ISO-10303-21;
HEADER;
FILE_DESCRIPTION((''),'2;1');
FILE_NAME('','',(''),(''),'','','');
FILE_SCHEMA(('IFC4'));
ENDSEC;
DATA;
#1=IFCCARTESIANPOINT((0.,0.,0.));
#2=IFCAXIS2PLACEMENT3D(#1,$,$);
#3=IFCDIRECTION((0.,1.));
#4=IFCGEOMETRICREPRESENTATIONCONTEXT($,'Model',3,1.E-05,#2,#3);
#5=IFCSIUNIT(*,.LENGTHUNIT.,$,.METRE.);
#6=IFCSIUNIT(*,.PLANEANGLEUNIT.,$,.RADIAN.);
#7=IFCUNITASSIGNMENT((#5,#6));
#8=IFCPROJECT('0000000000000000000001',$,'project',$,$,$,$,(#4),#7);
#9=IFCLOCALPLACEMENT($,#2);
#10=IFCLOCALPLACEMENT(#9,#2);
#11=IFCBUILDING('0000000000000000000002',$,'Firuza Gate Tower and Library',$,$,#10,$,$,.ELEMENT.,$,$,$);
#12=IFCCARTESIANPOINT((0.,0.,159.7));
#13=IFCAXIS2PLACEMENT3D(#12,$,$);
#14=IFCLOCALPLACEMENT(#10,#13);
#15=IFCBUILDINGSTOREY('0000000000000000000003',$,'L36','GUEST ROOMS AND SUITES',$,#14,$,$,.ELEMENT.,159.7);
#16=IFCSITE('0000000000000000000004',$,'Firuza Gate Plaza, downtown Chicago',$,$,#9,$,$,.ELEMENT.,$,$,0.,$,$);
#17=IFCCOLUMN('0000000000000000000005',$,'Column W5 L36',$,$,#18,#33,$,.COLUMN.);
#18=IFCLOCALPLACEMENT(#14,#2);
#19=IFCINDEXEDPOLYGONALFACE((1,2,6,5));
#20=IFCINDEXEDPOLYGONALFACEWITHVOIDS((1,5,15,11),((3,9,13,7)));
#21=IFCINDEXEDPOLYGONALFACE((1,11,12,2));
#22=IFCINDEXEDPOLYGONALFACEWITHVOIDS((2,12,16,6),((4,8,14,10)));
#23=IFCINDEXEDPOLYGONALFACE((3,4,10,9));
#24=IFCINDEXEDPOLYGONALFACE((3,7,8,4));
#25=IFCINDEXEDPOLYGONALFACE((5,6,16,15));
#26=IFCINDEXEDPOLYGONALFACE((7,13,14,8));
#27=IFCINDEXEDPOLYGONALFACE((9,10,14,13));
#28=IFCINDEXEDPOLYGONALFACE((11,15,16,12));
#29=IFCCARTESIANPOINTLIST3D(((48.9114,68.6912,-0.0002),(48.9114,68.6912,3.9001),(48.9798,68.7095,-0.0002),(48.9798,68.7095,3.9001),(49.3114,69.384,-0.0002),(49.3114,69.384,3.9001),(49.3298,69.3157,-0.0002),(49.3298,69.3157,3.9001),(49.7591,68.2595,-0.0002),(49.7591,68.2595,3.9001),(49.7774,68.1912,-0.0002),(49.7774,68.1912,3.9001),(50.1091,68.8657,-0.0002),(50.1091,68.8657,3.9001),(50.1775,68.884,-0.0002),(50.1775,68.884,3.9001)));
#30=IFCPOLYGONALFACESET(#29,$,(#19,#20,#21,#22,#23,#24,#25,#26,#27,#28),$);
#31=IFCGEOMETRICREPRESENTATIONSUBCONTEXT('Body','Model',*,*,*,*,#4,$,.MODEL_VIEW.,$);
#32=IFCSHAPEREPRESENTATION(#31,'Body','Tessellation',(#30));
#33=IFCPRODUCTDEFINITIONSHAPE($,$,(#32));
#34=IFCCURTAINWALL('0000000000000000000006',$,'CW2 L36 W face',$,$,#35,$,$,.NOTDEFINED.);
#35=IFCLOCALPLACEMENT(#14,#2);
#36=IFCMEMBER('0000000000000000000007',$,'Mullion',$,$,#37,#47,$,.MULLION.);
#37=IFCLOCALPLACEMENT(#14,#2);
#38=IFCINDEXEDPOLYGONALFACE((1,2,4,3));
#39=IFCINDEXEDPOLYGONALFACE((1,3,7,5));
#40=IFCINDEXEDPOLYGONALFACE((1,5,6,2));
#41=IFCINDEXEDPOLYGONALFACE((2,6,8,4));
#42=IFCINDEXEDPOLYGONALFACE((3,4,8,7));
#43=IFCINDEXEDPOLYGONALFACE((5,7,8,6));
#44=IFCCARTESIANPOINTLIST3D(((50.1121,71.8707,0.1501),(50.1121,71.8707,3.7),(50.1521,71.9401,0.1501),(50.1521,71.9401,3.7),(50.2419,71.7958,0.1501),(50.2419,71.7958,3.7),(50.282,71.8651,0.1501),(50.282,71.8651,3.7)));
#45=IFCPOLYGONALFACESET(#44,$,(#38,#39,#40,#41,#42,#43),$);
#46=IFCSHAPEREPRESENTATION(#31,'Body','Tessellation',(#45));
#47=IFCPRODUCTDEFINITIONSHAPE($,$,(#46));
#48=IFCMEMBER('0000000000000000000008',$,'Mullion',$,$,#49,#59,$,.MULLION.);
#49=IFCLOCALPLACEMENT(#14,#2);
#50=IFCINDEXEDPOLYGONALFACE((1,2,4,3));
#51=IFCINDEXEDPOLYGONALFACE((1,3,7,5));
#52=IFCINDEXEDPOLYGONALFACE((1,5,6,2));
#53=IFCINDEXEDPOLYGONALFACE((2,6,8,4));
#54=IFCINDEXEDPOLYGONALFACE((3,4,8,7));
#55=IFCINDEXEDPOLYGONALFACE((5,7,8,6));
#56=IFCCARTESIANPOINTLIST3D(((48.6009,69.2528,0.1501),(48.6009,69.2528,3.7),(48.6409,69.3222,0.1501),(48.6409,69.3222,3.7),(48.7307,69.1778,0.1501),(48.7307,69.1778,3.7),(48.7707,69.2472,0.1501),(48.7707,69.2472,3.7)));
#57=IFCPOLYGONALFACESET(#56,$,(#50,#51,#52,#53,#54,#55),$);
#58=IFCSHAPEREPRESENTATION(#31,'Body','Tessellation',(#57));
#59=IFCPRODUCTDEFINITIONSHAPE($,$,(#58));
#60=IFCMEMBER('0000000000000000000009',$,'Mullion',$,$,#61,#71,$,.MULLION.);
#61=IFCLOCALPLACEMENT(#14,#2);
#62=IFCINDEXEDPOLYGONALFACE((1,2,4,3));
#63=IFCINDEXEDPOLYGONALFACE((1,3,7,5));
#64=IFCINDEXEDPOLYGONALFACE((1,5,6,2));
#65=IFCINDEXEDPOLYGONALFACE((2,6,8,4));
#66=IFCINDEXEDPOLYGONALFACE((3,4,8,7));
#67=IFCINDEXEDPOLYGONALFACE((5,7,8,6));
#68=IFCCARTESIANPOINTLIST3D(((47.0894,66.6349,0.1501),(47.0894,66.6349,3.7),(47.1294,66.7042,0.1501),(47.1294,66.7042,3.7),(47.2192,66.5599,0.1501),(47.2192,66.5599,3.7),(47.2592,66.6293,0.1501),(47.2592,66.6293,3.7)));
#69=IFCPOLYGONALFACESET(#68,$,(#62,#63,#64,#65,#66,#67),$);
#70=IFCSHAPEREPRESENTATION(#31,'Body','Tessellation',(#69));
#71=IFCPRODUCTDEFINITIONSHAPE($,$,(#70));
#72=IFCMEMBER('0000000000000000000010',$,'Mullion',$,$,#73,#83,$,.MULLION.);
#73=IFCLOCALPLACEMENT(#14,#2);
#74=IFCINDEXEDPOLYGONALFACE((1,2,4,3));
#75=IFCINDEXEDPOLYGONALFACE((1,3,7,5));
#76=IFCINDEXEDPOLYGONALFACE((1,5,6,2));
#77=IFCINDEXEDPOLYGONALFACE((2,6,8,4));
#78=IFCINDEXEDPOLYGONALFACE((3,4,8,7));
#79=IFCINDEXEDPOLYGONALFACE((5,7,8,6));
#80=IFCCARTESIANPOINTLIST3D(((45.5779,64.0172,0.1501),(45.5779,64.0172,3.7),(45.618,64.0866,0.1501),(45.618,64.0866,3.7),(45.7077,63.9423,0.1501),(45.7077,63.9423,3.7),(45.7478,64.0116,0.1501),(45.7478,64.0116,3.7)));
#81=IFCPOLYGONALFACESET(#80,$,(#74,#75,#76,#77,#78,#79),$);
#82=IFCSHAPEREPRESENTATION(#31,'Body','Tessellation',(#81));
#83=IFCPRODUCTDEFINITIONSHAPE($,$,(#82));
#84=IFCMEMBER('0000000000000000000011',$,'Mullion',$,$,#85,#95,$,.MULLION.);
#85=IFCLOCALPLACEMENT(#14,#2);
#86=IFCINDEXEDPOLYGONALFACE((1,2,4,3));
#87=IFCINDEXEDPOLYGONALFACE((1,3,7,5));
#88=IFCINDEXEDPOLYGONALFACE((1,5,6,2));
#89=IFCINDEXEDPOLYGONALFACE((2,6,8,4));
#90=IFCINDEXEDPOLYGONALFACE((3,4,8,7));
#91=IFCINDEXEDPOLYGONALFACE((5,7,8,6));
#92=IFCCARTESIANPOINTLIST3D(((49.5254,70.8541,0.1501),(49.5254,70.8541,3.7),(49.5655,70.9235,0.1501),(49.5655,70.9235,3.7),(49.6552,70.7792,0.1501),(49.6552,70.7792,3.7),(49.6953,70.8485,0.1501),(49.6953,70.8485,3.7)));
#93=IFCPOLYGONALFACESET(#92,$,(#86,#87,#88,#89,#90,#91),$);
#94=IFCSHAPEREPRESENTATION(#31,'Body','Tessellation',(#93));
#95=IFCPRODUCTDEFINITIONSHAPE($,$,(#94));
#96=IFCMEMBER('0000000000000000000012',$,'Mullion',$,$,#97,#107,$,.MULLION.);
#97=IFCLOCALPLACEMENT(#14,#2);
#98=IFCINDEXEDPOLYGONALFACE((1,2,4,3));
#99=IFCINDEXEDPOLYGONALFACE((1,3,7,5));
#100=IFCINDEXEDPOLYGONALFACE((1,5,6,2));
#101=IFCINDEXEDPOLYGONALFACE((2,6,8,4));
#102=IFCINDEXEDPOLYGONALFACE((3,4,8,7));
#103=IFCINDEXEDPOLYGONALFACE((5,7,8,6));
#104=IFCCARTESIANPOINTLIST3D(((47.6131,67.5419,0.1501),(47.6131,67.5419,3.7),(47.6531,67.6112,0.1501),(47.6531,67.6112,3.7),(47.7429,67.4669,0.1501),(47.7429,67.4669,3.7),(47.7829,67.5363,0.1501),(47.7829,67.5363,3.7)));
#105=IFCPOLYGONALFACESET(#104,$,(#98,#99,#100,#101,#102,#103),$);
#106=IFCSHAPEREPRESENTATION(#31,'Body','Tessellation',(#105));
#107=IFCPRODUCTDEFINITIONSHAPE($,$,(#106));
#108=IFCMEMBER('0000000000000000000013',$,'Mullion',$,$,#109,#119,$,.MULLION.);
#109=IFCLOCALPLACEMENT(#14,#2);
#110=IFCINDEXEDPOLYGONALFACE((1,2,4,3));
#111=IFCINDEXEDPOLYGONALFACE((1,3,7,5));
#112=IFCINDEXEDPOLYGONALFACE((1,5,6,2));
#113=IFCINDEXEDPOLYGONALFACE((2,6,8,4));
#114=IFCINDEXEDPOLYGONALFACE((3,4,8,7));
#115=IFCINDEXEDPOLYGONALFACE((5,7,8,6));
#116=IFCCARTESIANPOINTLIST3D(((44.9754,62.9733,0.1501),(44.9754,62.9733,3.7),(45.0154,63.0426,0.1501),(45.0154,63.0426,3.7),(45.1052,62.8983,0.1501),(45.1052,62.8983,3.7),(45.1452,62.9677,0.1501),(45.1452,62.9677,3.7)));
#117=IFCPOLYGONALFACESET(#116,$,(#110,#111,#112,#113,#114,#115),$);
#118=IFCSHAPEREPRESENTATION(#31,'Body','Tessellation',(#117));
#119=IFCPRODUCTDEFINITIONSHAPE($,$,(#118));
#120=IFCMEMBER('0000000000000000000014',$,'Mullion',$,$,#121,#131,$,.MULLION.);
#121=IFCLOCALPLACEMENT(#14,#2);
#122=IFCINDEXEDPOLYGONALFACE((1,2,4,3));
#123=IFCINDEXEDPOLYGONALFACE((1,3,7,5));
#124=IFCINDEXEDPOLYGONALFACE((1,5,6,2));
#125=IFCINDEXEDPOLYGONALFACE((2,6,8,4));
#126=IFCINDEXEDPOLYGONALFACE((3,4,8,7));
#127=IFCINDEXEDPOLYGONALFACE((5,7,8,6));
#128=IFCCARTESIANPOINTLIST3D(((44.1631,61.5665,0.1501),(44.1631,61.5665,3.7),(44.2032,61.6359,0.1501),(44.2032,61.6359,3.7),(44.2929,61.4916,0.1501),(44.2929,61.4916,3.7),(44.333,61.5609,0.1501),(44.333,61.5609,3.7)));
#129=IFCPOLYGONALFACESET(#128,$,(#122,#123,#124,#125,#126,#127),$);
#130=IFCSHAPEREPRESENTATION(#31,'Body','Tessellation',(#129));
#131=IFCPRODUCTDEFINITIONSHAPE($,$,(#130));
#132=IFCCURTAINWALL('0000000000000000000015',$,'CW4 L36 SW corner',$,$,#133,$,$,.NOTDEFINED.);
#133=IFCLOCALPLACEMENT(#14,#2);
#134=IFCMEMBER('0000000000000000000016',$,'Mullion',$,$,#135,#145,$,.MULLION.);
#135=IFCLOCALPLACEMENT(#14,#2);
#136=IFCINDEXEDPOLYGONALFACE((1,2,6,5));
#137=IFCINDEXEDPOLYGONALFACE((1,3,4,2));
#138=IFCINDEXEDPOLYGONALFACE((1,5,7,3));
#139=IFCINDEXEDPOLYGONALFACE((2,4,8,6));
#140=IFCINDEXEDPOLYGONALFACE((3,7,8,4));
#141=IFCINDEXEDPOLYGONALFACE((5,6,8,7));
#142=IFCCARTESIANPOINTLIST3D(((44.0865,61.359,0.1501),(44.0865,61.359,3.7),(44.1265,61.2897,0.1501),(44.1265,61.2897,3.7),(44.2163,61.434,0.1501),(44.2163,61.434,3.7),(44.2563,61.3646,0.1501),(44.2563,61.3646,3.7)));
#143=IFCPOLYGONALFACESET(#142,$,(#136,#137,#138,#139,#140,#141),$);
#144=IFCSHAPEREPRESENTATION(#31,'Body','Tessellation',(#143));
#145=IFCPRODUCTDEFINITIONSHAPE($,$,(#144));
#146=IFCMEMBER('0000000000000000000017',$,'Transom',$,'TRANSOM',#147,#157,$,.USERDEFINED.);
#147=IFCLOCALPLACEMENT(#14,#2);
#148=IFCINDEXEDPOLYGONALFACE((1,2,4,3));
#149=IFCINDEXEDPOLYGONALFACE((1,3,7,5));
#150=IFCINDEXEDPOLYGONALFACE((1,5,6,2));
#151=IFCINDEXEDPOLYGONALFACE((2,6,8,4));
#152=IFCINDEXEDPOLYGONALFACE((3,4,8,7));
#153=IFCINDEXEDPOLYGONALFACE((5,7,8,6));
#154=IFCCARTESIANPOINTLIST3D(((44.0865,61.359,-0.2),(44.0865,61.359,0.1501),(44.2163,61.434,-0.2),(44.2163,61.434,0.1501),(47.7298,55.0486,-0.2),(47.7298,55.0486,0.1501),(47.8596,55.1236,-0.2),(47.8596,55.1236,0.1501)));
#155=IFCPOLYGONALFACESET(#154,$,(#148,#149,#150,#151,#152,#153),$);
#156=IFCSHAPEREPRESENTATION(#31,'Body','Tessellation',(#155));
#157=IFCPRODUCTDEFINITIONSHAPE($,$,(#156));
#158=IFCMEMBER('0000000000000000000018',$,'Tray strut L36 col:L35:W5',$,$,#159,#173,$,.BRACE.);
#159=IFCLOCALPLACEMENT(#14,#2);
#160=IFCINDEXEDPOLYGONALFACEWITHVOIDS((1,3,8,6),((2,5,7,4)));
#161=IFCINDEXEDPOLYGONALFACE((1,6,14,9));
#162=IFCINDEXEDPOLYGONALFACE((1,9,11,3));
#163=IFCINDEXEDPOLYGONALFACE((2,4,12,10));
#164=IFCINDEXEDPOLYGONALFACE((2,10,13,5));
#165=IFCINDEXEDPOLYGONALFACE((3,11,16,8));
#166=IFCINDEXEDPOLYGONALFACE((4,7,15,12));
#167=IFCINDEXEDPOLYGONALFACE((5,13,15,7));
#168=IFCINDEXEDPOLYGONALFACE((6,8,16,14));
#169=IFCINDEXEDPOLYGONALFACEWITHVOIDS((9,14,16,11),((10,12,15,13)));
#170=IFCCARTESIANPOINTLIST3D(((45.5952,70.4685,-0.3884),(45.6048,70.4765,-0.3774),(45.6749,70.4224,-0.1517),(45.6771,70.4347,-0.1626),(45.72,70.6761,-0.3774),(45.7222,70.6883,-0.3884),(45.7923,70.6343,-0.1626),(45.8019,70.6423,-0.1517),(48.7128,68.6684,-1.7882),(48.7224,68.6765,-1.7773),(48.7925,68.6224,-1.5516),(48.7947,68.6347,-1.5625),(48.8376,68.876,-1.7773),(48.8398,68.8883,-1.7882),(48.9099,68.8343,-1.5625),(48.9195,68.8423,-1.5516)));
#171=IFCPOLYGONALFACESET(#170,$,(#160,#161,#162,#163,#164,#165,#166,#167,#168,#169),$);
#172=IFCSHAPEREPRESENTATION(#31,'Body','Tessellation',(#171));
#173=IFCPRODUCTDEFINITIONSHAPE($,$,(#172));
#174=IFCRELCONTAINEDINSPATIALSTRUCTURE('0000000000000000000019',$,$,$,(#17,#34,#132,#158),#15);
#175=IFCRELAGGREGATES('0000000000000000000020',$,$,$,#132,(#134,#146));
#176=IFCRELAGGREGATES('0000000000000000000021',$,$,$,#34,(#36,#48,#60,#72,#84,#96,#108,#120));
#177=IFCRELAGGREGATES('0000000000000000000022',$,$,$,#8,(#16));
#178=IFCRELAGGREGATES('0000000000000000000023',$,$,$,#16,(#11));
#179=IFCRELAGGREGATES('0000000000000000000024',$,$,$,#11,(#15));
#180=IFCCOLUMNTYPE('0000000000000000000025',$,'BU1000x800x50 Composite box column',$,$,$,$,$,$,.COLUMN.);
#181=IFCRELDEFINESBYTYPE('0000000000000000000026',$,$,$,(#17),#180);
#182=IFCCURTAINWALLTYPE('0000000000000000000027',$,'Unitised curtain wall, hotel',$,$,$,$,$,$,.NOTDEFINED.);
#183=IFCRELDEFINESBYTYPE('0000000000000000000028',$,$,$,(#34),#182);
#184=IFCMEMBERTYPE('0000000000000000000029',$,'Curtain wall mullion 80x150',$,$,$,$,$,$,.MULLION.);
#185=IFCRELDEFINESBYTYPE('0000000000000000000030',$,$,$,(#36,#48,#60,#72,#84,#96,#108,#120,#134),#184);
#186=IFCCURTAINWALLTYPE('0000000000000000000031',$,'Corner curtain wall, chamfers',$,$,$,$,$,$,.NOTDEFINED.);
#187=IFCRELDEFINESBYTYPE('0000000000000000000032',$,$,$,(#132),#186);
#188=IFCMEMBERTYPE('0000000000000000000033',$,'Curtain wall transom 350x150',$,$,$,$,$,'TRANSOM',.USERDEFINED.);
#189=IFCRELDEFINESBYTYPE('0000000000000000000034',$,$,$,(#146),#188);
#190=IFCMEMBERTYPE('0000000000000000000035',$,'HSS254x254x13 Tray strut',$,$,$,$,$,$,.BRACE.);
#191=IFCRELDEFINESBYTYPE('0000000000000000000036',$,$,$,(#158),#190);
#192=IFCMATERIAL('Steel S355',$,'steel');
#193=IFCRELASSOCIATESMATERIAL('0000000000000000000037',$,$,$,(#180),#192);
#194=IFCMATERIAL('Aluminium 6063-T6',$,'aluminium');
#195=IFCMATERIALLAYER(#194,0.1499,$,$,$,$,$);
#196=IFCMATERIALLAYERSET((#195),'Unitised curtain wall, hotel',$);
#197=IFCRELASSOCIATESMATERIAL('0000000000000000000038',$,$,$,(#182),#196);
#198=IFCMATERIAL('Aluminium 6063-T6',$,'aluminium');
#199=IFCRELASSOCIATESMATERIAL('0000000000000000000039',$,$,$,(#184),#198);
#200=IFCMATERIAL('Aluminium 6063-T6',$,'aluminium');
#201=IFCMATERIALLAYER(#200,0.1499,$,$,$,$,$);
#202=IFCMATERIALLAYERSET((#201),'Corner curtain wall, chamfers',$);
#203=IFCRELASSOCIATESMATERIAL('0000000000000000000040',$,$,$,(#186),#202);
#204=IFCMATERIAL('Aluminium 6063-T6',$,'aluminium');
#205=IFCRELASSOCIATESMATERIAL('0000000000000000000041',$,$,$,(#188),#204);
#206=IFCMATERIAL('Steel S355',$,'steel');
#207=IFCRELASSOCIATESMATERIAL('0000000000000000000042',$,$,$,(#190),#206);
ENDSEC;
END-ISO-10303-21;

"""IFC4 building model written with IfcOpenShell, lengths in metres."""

from ifc_helpers import new_model, si_unit, direction, frame, origin, origin_2d, place, context, subcontext, project, spatial, rectangle, hollow_rectangle, extrude, material, layer, layer_set, material_profile, profile_set, type_object, element, aggregate, save


model = new_model("IFC4")

# Units and contexts
model_context = context("Model", 3, precision=1e-05, world=origin(), true_north=direction((0.0, 1.0)))
body_context = subcontext(model_context, "Body", "Model", "MODEL_VIEW")
ifc_project = project(units=[si_unit("LENGTHUNIT", "METRE"), si_unit("PLANEANGLEUNIT", "RADIAN")], contexts=[model_context])

# Site, building, storey
site_placement = place(None, origin())
site = spatial("IfcSite", under=ifc_project, at=site_placement, Name="Firuza Gate Plaza, downtown Chicago", CompositionType="ELEMENT", RefElevation=0.0)
building_placement = place(site_placement, origin())
building = spatial("IfcBuilding", under=site, at=building_placement, Name="Firuza Gate Tower and Library", CompositionType="ELEMENT")
storey_placement = place(building_placement, frame((0.0, 0.0, 159.7)))
storey = spatial("IfcBuildingStorey", under=building, at=storey_placement, Name="L36", Description="GUEST ROOMS AND SUITES", CompositionType="ELEMENT", Elevation=159.7)

# Column
ifc_material_1 = material(Name="Steel S355", Category="steel")
ifc_material_profile_1 = material_profile(ifc_material_1, hollow_rectangle(XDim=0.8, YDim=1.0, WallThickness=0.05, at=origin_2d()))
ifc_profile_set_1 = profile_set([ifc_material_profile_1], Name="Steel S355")
column_type = type_object("IfcColumnType", Name="BU1000x800x50 Composite box column", PredefinedType="COLUMN", material=ifc_profile_set_1)
column_placement = place(storey_placement, frame((49.5444, 68.7876, -0.0002), z_axis=(0.0, 0.0, 1.0), x_axis=(-0.5, -0.866025, 0.0)))
element("IfcColumn", 1, at=column_placement, inside=storey, type_object=column_type, Name="Column W5 L36", PredefinedType="COLUMN", context=body_context, shape_type="SweptSolid", body=[
    extrude(hollow_rectangle(XDim=0.8, YDim=1.0, WallThickness=0.05, at=origin_2d()), origin(), (0.0, 0.0, 1.0), 3.9004),
])

# Curtain walls, members
ifc_material_2 = material(Name="Aluminium 6063-T6", Category="aluminium")
ifc_layer_1 = layer(ifc_material_2, 0.1499)
ifc_layer_set_1 = layer_set([ifc_layer_1], Name="Unitised curtain wall, hotel")
curtain_wall_type_1 = type_object("IfcCurtainWallType", Name="Unitised curtain wall, hotel", PredefinedType="NOTDEFINED", material=ifc_layer_set_1)
placement = place(storey_placement, origin())
curtain_wall_1 = element("IfcCurtainWall", 2, at=placement, inside=storey, type_object=curtain_wall_type_1, Name="CW2 L36 W face", PredefinedType="NOTDEFINED")
ifc_material_3 = material(Name="Aluminium 6063-T6", Category="aluminium")
ifc_material_profile_2 = material_profile(ifc_material_3, rectangle(XDim=0.1499, YDim=0.0801, at=origin_2d()))
ifc_profile_set_2 = profile_set([ifc_material_profile_2], Name="Aluminium 6063-T6")
member_type_1 = type_object("IfcMemberType", Name="Curtain wall mullion 80x150", PredefinedType="MULLION", material=ifc_profile_set_2)
member_1_placement = place(storey_placement, frame((50.197, 71.8679, 0.1501), z_axis=(0.0, 0.0, 1.0), x_axis=(0.866025, -0.5, 0.0)))
member_1 = element("IfcMember", 3, at=member_1_placement, type_object=member_type_1, Name="Mullion", PredefinedType="MULLION", context=body_context, shape_type="SweptSolid", body=[
    extrude(rectangle(XDim=0.1499, YDim=0.0801, at=origin_2d()), origin(), (0.0, 0.0, 1.0), 3.5498),
])
member_2_placement = place(storey_placement, frame((48.6858, 69.25, 0.1501), z_axis=(0.0, 0.0, 1.0), x_axis=(0.866025, -0.5, 0.0)))
member_2 = element("IfcMember", 4, at=member_2_placement, type_object=member_type_1, Name="Mullion", PredefinedType="MULLION", context=body_context, shape_type="SweptSolid", body=[
    extrude(rectangle(XDim=0.1499, YDim=0.0801, at=origin_2d()), origin(), (0.0, 0.0, 1.0), 3.5498),
])
member_3_placement = place(storey_placement, frame((47.1743, 66.6321, 0.1501), z_axis=(0.0, 0.0, 1.0), x_axis=(0.866025, -0.5, 0.0)))
member_3 = element("IfcMember", 5, at=member_3_placement, type_object=member_type_1, Name="Mullion", PredefinedType="MULLION", context=body_context, shape_type="SweptSolid", body=[
    extrude(rectangle(XDim=0.1499, YDim=0.0801, at=origin_2d()), origin(), (0.0, 0.0, 1.0), 3.5498),
])
member_4_placement = place(storey_placement, frame((45.6628, 64.0144, 0.1501), z_axis=(0.0, 0.0, 1.0), x_axis=(0.866025, -0.5, 0.0)))
member_4 = element("IfcMember", 6, at=member_4_placement, type_object=member_type_1, Name="Mullion", PredefinedType="MULLION", context=body_context, shape_type="SweptSolid", body=[
    extrude(rectangle(XDim=0.1499, YDim=0.0801, at=origin_2d()), origin(), (0.0, 0.0, 1.0), 3.5498),
])
member_5_placement = place(storey_placement, frame((49.6104, 70.8513, 0.1501), z_axis=(0.0, 0.0, 1.0), x_axis=(0.866025, -0.5, 0.0)))
member_5 = element("IfcMember", 7, at=member_5_placement, type_object=member_type_1, Name="Mullion", PredefinedType="MULLION", context=body_context, shape_type="SweptSolid", body=[
    extrude(rectangle(XDim=0.1499, YDim=0.0801, at=origin_2d()), origin(), (0.0, 0.0, 1.0), 3.5498),
])
member_6_placement = place(storey_placement, frame((47.698, 67.5391, 0.1501), z_axis=(0.0, 0.0, 1.0), x_axis=(0.866025, -0.5, 0.0)))
member_6 = element("IfcMember", 8, at=member_6_placement, type_object=member_type_1, Name="Mullion", PredefinedType="MULLION", context=body_context, shape_type="SweptSolid", body=[
    extrude(rectangle(XDim=0.1499, YDim=0.0801, at=origin_2d()), origin(), (0.0, 0.0, 1.0), 3.5498),
])
member_7_placement = place(storey_placement, frame((45.0603, 62.9705, 0.1501), z_axis=(0.0, 0.0, 1.0), x_axis=(0.866025, -0.5, 0.0)))
member_7 = element("IfcMember", 9, at=member_7_placement, type_object=member_type_1, Name="Mullion", PredefinedType="MULLION", context=body_context, shape_type="SweptSolid", body=[
    extrude(rectangle(XDim=0.1499, YDim=0.0801, at=origin_2d()), origin(), (0.0, 0.0, 1.0), 3.5498),
])
member_8_placement = place(storey_placement, frame((44.248, 61.5637, 0.1501), z_axis=(0.0, 0.0, 1.0), x_axis=(0.866025, -0.5, 0.0)))
member_8 = element("IfcMember", 10, at=member_8_placement, type_object=member_type_1, Name="Mullion", PredefinedType="MULLION", context=body_context, shape_type="SweptSolid", body=[
    extrude(rectangle(XDim=0.1499, YDim=0.0801, at=origin_2d()), origin(), (0.0, 0.0, 1.0), 3.5498),
])
ifc_material_4 = material(Name="Aluminium 6063-T6", Category="aluminium")
ifc_layer_2 = layer(ifc_material_4, 0.1499)
ifc_layer_set_2 = layer_set([ifc_layer_2], Name="Corner curtain wall, chamfers")
curtain_wall_type_2 = type_object("IfcCurtainWallType", Name="Corner curtain wall, chamfers", PredefinedType="NOTDEFINED", material=ifc_layer_set_2)
curtain_wall_2 = element("IfcCurtainWall", 11, at=placement, inside=storey, type_object=curtain_wall_type_2, Name="CW4 L36 SW corner", PredefinedType="NOTDEFINED")
member_9_placement = place(storey_placement, frame((44.1714, 61.3618, 0.1501), z_axis=(0.0, 0.0, 1.0), x_axis=(0.866025, 0.5, 0.0)))
member_9 = element("IfcMember", 12, at=member_9_placement, type_object=member_type_1, Name="Mullion", PredefinedType="MULLION", context=body_context, shape_type="SweptSolid", body=[
    extrude(rectangle(XDim=0.1499, YDim=0.0801, at=origin_2d()), origin(), (0.0, 0.0, 1.0), 3.5498),
])
ifc_material_5 = material(Name="Aluminium 6063-T6", Category="aluminium")
ifc_material_profile_3 = material_profile(ifc_material_5, rectangle(XDim=0.1499, YDim=0.3501, at=origin_2d()))
ifc_profile_set_3 = profile_set([ifc_material_profile_3], Name="Aluminium 6063-T6")
member_type_2 = type_object("IfcMemberType", Name="Curtain wall transom 350x150", ElementType="TRANSOM", PredefinedType="USERDEFINED", material=ifc_profile_set_3)
member_10_placement = place(storey_placement, frame((44.1514, 61.3965, -0.0249), z_axis=(0.500006, -0.866022, 0.0), x_axis=(0.866022, 0.500006, 0.0)))
member_10 = element("IfcMember", 13, at=member_10_placement, type_object=member_type_2, Name="Transom", ObjectType="TRANSOM", PredefinedType="USERDEFINED", context=body_context, shape_type="SweptSolid", body=[
    extrude(rectangle(XDim=0.1499, YDim=0.3501, at=origin_2d()), origin(), (0.0, 0.0, 1.0), 7.2866),
])

# Member
ifc_material_6 = material(Name="Steel S355", Category="steel")
ifc_material_profile_4 = material_profile(ifc_material_6, hollow_rectangle(XDim=0.2539, YDim=0.2539, WallThickness=0.0117, at=origin_2d()))
ifc_profile_set_4 = profile_set([ifc_material_profile_4], Name="Steel S355")
member_type_3 = type_object("IfcMemberType", Name="HSS254x254x13 Tray strut", PredefinedType="BRACE", material=ifc_profile_set_4)
member_11_placement = place(storey_placement, frame((48.8162, 68.7554, -1.6699), z_axis=(-0.807141, 0.466018, 0.362423), x_axis=(-0.500012, -0.866018, 0.0)))
element("IfcMember", 14, at=member_11_placement, inside=storey, type_object=member_type_3, Name="Tray strut L36 col:L35:W5", PredefinedType="BRACE", context=body_context, shape_type="SweptSolid", body=[
    extrude(hollow_rectangle(XDim=0.2539, YDim=0.2539, WallThickness=0.0117, at=origin_2d()), origin(), (0.0, 0.0, 1.0), 3.8625),
])

aggregate(curtain_wall_2, [member_9, member_10])
aggregate(curtain_wall_1, [member_1, member_2, member_3, member_4, member_5, member_6, member_7, member_8])

save(model, "model.ifc")
